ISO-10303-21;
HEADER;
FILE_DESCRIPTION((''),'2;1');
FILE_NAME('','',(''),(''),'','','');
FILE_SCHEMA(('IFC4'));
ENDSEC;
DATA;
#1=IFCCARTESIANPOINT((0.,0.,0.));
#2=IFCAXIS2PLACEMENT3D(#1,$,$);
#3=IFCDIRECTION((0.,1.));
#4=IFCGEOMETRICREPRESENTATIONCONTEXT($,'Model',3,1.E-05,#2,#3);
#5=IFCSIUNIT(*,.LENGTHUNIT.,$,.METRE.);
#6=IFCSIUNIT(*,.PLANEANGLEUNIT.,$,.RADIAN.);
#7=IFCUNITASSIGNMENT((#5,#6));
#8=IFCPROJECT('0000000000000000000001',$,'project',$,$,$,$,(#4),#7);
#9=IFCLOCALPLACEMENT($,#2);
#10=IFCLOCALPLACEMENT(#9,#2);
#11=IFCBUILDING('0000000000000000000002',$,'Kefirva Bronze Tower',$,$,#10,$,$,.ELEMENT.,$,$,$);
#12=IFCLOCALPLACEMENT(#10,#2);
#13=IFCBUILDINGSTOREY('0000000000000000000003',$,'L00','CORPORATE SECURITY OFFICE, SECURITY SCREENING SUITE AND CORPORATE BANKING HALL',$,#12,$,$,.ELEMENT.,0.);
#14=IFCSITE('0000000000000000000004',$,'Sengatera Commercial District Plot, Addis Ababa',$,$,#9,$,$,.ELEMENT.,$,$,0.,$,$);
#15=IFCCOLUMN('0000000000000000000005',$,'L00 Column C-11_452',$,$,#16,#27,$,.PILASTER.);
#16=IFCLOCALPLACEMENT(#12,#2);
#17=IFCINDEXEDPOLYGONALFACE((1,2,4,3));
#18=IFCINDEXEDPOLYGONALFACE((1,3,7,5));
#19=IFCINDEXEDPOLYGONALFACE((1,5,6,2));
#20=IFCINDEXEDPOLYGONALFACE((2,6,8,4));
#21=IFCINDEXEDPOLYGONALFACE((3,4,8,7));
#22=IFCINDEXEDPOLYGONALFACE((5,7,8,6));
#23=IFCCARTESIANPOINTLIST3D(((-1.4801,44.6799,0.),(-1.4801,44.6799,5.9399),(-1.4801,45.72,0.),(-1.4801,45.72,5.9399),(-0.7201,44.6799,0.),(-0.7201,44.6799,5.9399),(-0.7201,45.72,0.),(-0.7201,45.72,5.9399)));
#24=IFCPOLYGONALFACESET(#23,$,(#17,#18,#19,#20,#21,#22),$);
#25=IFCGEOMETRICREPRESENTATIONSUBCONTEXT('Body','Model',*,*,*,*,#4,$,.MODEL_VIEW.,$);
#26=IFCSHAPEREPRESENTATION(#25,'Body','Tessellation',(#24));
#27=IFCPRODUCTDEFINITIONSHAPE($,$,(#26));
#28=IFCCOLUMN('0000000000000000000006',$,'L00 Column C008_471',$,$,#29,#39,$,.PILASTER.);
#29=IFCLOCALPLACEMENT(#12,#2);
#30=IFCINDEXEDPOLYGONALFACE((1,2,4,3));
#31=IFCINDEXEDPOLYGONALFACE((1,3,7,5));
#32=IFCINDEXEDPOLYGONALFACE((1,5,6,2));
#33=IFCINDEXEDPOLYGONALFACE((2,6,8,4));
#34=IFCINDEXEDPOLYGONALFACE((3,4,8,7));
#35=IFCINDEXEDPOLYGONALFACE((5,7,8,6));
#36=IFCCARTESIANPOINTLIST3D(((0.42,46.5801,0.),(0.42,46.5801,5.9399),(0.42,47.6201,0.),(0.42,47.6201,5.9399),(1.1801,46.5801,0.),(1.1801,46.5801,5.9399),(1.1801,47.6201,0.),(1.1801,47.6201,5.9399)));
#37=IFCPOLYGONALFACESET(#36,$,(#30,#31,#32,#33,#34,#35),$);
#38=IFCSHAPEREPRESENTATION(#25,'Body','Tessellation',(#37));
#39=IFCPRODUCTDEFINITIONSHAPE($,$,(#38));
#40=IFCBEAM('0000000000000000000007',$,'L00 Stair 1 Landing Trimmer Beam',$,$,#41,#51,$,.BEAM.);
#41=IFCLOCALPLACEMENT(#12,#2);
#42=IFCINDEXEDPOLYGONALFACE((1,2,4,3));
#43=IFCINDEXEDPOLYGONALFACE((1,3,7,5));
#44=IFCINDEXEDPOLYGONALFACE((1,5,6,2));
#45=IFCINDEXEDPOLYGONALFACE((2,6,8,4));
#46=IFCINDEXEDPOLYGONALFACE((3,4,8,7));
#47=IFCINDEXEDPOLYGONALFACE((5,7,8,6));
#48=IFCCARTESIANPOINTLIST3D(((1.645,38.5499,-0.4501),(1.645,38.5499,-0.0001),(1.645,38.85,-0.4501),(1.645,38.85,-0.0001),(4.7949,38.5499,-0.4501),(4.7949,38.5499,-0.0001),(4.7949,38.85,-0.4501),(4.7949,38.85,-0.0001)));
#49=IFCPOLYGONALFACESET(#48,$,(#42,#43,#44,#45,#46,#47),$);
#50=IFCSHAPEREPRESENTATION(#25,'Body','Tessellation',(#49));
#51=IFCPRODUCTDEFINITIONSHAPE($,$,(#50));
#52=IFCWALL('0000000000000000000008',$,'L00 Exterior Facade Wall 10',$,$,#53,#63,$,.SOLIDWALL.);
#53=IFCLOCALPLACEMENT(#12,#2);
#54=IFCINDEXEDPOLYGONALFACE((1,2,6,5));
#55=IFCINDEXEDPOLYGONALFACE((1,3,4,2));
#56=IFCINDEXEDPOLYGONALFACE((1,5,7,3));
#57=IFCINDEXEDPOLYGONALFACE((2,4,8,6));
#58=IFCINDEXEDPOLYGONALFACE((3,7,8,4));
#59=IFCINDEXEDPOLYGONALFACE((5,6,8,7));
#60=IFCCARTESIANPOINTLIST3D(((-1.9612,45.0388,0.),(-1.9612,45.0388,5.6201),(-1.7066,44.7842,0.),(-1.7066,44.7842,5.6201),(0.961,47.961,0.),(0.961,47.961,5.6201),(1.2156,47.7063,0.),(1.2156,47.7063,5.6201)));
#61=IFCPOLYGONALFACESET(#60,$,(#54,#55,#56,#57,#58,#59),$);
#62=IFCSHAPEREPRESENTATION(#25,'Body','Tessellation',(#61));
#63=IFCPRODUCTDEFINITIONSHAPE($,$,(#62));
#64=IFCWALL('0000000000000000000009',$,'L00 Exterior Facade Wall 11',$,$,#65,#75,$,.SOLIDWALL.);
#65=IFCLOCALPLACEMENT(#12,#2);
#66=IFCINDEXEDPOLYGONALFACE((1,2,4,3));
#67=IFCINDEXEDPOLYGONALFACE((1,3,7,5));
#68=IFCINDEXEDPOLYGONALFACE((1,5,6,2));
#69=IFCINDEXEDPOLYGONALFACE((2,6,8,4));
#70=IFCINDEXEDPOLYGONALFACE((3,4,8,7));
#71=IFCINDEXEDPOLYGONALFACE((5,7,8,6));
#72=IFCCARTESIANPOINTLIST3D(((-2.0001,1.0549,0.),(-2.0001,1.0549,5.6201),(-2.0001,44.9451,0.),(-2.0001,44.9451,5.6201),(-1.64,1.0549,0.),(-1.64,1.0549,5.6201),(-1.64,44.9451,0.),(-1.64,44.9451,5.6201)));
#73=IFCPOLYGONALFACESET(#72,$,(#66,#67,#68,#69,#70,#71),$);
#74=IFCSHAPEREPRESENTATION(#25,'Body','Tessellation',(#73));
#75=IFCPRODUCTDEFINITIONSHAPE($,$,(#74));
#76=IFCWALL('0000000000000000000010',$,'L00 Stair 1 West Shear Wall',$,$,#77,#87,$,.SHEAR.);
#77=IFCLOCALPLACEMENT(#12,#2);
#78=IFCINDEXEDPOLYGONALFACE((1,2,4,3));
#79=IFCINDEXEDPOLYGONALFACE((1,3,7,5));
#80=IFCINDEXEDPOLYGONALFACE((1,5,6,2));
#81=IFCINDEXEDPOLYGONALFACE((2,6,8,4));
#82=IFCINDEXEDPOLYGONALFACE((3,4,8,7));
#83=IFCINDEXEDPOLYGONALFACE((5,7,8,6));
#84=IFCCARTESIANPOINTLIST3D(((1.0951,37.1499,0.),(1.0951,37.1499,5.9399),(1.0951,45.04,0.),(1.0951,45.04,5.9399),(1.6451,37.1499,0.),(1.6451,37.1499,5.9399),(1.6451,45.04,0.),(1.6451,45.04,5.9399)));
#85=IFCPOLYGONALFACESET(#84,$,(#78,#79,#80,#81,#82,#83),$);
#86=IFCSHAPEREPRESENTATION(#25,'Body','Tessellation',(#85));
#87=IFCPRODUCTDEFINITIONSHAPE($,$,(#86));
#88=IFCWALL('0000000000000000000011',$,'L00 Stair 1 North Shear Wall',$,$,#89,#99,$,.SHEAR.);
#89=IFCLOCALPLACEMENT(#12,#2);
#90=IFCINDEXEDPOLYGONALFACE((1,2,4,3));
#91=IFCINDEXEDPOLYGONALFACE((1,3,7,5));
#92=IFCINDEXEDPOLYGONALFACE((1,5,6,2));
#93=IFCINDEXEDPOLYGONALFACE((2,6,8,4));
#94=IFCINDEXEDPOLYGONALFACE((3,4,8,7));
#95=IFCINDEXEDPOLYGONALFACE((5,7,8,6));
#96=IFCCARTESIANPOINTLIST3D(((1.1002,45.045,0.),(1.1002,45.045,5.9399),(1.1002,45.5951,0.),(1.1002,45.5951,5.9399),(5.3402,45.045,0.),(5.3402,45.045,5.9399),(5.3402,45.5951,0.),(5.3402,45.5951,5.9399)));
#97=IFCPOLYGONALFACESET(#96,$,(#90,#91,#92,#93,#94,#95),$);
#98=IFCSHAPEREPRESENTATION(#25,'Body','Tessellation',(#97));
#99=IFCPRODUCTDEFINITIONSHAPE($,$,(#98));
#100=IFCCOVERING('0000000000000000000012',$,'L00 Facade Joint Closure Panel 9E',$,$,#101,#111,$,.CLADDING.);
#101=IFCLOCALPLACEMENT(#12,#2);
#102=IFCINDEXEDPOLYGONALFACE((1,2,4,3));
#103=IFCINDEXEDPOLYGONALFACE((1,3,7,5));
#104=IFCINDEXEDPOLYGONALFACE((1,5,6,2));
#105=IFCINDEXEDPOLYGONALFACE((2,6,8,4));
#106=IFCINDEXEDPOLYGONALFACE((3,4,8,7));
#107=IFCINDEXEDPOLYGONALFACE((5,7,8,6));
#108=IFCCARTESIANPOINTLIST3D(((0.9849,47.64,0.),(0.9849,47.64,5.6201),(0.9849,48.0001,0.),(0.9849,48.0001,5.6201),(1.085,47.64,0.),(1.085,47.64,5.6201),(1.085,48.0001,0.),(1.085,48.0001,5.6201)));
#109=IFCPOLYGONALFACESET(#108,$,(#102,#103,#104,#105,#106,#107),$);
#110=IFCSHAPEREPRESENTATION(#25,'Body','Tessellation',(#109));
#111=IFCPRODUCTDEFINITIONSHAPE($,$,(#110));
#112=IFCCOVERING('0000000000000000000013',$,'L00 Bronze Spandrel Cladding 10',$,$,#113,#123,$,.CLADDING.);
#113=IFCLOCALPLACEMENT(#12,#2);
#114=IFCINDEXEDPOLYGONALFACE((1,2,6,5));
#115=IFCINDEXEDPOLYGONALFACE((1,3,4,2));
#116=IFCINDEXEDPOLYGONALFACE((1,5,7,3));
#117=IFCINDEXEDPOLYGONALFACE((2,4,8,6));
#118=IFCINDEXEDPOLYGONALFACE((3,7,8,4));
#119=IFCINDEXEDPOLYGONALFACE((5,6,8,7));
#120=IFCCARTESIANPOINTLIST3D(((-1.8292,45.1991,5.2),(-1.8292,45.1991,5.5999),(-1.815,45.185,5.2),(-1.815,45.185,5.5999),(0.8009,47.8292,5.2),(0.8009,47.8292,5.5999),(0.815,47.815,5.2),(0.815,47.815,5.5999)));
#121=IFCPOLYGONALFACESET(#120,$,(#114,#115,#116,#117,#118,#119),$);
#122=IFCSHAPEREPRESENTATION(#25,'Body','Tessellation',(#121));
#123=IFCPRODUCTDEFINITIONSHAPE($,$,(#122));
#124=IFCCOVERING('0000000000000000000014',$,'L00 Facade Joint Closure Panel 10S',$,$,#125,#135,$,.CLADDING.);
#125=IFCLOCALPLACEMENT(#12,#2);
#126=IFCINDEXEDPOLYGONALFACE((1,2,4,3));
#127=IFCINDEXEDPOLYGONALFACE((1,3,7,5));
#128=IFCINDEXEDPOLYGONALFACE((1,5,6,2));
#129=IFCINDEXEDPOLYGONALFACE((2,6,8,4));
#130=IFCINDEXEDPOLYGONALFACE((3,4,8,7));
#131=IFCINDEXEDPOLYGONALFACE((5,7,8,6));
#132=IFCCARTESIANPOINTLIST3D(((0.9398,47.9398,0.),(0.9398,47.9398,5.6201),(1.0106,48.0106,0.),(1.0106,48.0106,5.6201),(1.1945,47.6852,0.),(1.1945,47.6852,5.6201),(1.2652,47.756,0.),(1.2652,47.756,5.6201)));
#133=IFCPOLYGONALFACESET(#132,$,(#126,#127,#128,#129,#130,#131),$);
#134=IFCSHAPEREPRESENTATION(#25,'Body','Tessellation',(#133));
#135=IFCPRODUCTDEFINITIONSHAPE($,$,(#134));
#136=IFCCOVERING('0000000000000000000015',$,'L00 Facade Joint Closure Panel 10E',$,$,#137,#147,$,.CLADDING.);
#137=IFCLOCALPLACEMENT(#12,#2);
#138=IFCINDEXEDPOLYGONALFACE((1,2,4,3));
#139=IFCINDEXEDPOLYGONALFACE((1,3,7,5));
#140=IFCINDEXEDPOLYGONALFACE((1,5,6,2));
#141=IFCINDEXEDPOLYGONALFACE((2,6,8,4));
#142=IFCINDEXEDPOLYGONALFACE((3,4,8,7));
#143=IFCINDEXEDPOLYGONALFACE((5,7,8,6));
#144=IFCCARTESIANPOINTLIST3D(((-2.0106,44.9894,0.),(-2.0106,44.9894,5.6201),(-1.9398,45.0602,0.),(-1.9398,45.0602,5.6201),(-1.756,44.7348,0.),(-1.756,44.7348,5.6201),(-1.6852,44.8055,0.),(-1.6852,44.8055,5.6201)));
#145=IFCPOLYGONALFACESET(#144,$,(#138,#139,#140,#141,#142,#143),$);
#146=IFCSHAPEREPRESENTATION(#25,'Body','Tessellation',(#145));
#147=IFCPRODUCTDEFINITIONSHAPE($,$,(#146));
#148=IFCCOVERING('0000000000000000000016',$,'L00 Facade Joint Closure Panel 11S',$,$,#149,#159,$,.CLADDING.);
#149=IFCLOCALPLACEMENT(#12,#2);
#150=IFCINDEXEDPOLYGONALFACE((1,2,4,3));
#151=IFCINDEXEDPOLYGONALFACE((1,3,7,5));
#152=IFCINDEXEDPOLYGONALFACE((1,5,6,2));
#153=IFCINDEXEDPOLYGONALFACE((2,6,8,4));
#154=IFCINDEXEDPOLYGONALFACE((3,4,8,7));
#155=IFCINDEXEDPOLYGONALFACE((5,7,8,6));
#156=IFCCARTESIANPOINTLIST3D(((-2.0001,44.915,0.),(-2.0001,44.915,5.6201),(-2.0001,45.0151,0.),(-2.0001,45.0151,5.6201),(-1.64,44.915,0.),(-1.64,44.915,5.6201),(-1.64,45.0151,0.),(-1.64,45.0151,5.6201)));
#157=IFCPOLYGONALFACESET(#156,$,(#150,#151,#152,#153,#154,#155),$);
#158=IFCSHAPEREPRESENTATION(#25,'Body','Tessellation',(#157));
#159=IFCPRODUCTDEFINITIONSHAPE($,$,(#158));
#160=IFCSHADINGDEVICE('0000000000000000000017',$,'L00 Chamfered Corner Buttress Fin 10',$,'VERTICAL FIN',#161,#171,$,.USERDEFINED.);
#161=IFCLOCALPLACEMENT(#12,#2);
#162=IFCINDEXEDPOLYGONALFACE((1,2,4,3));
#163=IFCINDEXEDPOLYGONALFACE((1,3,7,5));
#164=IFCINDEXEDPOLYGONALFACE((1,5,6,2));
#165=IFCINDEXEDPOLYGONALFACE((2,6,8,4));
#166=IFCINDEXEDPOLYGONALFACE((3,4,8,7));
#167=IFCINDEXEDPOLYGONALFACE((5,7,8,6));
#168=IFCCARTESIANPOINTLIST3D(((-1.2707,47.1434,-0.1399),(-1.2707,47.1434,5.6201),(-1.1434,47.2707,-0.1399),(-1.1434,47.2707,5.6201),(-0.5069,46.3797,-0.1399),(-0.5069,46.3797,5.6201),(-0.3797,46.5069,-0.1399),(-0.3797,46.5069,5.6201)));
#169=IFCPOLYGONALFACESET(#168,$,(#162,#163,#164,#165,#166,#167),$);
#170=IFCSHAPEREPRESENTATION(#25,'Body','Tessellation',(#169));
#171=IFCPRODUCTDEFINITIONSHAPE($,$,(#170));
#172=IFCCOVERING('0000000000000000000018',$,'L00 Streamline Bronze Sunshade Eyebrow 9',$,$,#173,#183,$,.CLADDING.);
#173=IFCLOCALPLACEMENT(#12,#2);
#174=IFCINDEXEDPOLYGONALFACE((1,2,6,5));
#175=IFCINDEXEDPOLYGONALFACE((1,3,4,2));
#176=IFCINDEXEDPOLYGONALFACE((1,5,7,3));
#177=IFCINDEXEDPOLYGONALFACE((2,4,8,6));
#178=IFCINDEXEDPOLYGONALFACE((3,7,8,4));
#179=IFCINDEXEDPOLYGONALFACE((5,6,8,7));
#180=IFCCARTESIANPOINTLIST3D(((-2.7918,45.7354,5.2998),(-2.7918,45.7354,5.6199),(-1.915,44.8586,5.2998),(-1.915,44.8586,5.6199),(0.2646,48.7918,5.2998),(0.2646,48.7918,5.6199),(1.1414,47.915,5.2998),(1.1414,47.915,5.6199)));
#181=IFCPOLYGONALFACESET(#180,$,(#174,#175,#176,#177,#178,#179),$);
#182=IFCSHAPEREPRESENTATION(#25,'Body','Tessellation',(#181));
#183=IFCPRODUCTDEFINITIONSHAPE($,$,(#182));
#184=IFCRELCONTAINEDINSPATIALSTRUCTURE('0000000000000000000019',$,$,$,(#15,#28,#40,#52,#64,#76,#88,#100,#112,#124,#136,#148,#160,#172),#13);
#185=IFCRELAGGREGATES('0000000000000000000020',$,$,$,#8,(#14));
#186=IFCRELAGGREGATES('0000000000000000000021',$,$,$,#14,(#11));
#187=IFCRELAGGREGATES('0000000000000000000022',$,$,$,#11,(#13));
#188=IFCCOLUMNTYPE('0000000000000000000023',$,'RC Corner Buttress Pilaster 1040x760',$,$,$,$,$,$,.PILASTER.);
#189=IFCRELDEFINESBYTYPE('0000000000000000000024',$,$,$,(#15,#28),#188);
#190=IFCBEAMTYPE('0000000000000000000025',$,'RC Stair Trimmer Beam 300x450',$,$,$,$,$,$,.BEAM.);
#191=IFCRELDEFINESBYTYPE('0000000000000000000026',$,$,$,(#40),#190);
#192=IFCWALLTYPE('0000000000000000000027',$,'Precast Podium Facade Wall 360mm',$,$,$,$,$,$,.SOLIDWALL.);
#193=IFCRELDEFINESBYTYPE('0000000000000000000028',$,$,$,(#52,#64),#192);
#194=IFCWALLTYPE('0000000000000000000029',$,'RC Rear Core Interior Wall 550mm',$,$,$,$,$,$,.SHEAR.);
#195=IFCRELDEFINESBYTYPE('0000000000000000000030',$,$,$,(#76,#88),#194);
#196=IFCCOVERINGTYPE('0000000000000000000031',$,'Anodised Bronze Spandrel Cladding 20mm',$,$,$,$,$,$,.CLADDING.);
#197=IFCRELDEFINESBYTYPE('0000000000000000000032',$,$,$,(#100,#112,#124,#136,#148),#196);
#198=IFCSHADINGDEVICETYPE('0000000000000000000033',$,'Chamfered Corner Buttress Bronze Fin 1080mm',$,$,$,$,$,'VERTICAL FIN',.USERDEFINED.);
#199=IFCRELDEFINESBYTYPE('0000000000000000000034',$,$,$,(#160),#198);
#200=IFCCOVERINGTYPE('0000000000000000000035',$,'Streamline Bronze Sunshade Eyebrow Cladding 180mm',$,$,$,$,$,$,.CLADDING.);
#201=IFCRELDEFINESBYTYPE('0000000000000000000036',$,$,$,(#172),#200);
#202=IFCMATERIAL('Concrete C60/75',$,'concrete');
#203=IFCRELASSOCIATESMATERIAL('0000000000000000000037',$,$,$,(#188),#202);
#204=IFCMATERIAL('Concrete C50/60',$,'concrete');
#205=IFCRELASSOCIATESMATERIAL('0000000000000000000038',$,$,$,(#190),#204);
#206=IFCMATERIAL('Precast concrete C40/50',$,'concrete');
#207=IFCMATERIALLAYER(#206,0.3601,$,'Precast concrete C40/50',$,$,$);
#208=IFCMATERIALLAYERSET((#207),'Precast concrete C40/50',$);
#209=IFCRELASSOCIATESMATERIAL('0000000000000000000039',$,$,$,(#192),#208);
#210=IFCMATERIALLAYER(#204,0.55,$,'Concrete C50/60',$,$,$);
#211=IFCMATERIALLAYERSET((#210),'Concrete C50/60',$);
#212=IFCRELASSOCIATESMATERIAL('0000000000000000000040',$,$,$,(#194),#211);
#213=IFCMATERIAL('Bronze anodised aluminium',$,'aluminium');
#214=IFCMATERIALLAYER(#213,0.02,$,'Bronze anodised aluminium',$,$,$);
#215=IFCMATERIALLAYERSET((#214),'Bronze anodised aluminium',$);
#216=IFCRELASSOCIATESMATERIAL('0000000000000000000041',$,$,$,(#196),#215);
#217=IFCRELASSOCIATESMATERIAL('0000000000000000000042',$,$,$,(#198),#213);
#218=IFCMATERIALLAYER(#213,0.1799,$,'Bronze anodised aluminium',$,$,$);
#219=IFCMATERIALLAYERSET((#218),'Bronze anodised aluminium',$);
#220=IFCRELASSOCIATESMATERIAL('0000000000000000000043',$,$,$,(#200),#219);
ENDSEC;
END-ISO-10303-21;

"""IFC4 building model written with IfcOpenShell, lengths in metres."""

from ifc_helpers import new_model, si_unit, direction, frame, frame_2d, origin, origin_2d, place, context, subcontext, project, spatial, rectangle, extrude, material, layer, layer_set, material_profile, profile_set, type_object, element, save


model = new_model("IFC4")

# Units and contexts
model_context = context("Model", 3, precision=1e-05, world=origin(), true_north=direction((0.0, 1.0)))
body_context = subcontext(model_context, "Body", "Model", "MODEL_VIEW")
ifc_project = project(units=[si_unit("LENGTHUNIT", "METRE"), si_unit("PLANEANGLEUNIT", "RADIAN")], contexts=[model_context])

# Site, building, storey
site_placement = place(None, origin())
site = spatial("IfcSite", under=ifc_project, at=site_placement, Name="Sengatera Commercial District Plot, Addis Ababa", CompositionType="ELEMENT", RefElevation=0.0)
building_placement = place(site_placement, origin())
building = spatial("IfcBuilding", under=site, at=building_placement, Name="Kefirva Bronze Tower", CompositionType="ELEMENT")
storey_placement = place(building_placement, origin())
storey = spatial("IfcBuildingStorey", under=building, at=storey_placement, Name="L00", Description="CORPORATE SECURITY OFFICE, SECURITY SCREENING SUITE AND CORPORATE BANKING HALL", CompositionType="ELEMENT", Elevation=0.0)

# Columns
ifc_material_1 = material(Name="Concrete C60/75", Category="concrete")
ifc_material_profile_1 = material_profile(ifc_material_1, rectangle(XDim=0.76, YDim=1.04, at=origin_2d()), Name="RC 760x1040")
ifc_profile_set_1 = profile_set([ifc_material_profile_1], Name="Concrete C60/75")
column_type = type_object("IfcColumnType", Name="RC Corner Buttress Pilaster 1040x760", PredefinedType="PILASTER", material=ifc_profile_set_1)
for number, where, z_axis, x_axis, name in (
    (1, (-1.1001, 45.2, 0.0), (0.0, 0.0, 1.0), (1.0, 0.0, 0.0), "L00 Column C-11_452"),
    (2, (0.8, 47.1001, 0.0), (0.0, 0.0, 1.0), (1.0, 0.0, 0.0), "L00 Column C008_471"),
):
    element("IfcColumn", number, at=place(storey_placement, frame(where, z_axis=z_axis, x_axis=x_axis)), inside=storey, type_object=column_type, Name=name, PredefinedType="PILASTER", context=body_context, shape_type="SweptSolid", body=[
        extrude(rectangle(XDim=0.76, YDim=1.04, at=origin_2d()), origin(), (0.0, 0.0, 1.0), 5.9399),
    ])

# Beam
ifc_material_2 = material(Name="Concrete C50/60", Category="concrete")
ifc_material_profile_2 = material_profile(ifc_material_2, rectangle(XDim=0.3, YDim=0.45, at=origin_2d()), Name="RC 300x450")
ifc_profile_set_2 = profile_set([ifc_material_profile_2], Name="Concrete C50/60")
beam_type = type_object("IfcBeamType", Name="RC Stair Trimmer Beam 300x450", PredefinedType="BEAM", material=ifc_profile_set_2)
beam_placement = place(storey_placement, frame((1.645, 38.7, -0.2251), z_axis=(1.0, 0.0, 0.0), x_axis=(0.0, 1.0, 0.0)))
element("IfcBeam", 3, at=beam_placement, inside=storey, type_object=beam_type, Name="L00 Stair 1 Landing Trimmer Beam", PredefinedType="BEAM", context=body_context, shape_type="SweptSolid", body=[
    extrude(rectangle(XDim=0.3, YDim=0.45, at=origin_2d()), origin(), (0.0, 0.0, 1.0), 3.1499),
])

# Walls
ifc_material_3 = material(Name="Precast concrete C40/50", Category="concrete")
ifc_layer_1 = layer(ifc_material_3, 0.3601, Name="Precast concrete C40/50")
ifc_layer_set_1 = layer_set([ifc_layer_1], Name="Precast concrete C40/50")
wall_type_1 = type_object("IfcWallType", Name="Precast Podium Facade Wall 360mm", PredefinedType="SOLIDWALL", material=ifc_layer_set_1)
wall_1_placement = place(storey_placement, frame((1.0884, 47.8337, 0.0), z_axis=(0.0, 0.0, 1.0), x_axis=(-0.707107, -0.707107, 0.0)))
element("IfcWall", 4, at=wall_1_placement, inside=storey, type_object=wall_type_1, Name="L00 Exterior Facade Wall 10", PredefinedType="SOLIDWALL", context=body_context, shape_type="SweptSolid", body=[
    extrude(rectangle(XDim=4.1326, YDim=0.3601, at=frame_2d((2.0664, 0.0))), origin(), (0.0, 0.0, 1.0), 5.6201),
])
wall_2_placement = place(storey_placement, frame((-1.8201, 44.9451, 0.0), z_axis=(0.0, 0.0, 1.0), x_axis=(0.0, -1.0, 0.0)))
element("IfcWall", 5, at=wall_2_placement, inside=storey, type_object=wall_type_1, Name="L00 Exterior Facade Wall 11", PredefinedType="SOLIDWALL", context=body_context, shape_type="SweptSolid", body=[
    extrude(rectangle(XDim=43.8901, YDim=0.3601, at=frame_2d((21.9451, 0.0))), origin(), (0.0, 0.0, 1.0), 5.6201),
])
ifc_layer_2 = layer(ifc_material_2, 0.55, Name="Concrete C50/60")
ifc_layer_set_2 = layer_set([ifc_layer_2], Name="Concrete C50/60")
wall_type_2 = type_object("IfcWallType", Name="RC Rear Core Interior Wall 550mm", PredefinedType="SHEAR", material=ifc_layer_set_2)
wall_3_placement = place(storey_placement, frame((1.3701, 37.1499, 0.0), z_axis=(0.0, 0.0, 1.0), x_axis=(0.0, 1.0, 0.0)))
element("IfcWall", 6, at=wall_3_placement, inside=storey, type_object=wall_type_2, Name="L00 Stair 1 West Shear Wall", PredefinedType="SHEAR", context=body_context, shape_type="SweptSolid", body=[
    extrude(rectangle(XDim=7.8901, YDim=0.55, at=frame_2d((3.9451, 0.0))), origin(), (0.0, 0.0, 1.0), 5.9399),
])
wall_4_placement = place(storey_placement, frame((1.1001, 45.3201, 0.0), z_axis=(0.0, 0.0, 1.0), x_axis=(1.0, 0.0, 0.0)))
element("IfcWall", 7, at=wall_4_placement, inside=storey, type_object=wall_type_2, Name="L00 Stair 1 North Shear Wall", PredefinedType="SHEAR", context=body_context, shape_type="SweptSolid", body=[
    extrude(rectangle(XDim=4.24, YDim=0.55, at=frame_2d((2.1201, 0.0))), origin(), (0.0, 0.0, 1.0), 5.9399),
])

# Coverings
ifc_material_4 = material(Name="Bronze anodised aluminium", Category="aluminium")
ifc_layer_3 = layer(ifc_material_4, 0.02, Name="Bronze anodised aluminium")
ifc_layer_set_3 = layer_set([ifc_layer_3], Name="Bronze anodised aluminium")
covering_type_1 = type_object("IfcCoveringType", Name="Anodised Bronze Spandrel Cladding 20mm", PredefinedType="CLADDING", material=ifc_layer_set_3)
covering_1_placement = place(storey_placement, frame((1.0349, 47.8201, 0.0), z_axis=(0.0, 0.0, 1.0), x_axis=(-1.0, 0.0, 0.0)))
element("IfcCovering", 8, at=covering_1_placement, inside=storey, type_object=covering_type_1, Name="L00 Facade Joint Closure Panel 9E", PredefinedType="CLADDING", context=body_context, shape_type="SweptSolid", body=[
    extrude(rectangle(XDim=0.1001, YDim=0.3601, at=origin_2d()), origin(), (0.0, 0.0, 1.0), 5.6201),
])
covering_2_placement = place(storey_placement, frame((-0.5071, 46.5071, 5.2), z_axis=(0.0, 0.0, 1.0), x_axis=(-0.707107, -0.707107, 0.0)))
element("IfcCovering", 9, at=covering_2_placement, inside=storey, type_object=covering_type_1, Name="L00 Bronze Spandrel Cladding 10", PredefinedType="CLADDING", context=body_context, shape_type="SweptSolid", body=[
    extrude(rectangle(XDim=3.7195, YDim=0.02, at=origin_2d()), origin(), (0.0, 0.0, 1.0), 0.3999),
])
for number, where, z_axis, x_axis, name in (
    (10, (1.1025, 47.8479, 0.0), (0.0, 0.0, 1.0), (-0.707107, -0.707107, 0.0), "L00 Facade Joint Closure Panel 10S"),
    (11, (-1.8479, 44.8975, 0.0), (0.0, 0.0, 1.0), (-0.707107, -0.707107, 0.0), "L00 Facade Joint Closure Panel 10E"),
    (12, (-1.8201, 44.9651, 0.0), (0.0, 0.0, 1.0), (0.0, -1.0, 0.0), "L00 Facade Joint Closure Panel 11S"),
):
    element("IfcCovering", number, at=place(storey_placement, frame(where, z_axis=z_axis, x_axis=x_axis)), inside=storey, type_object=covering_type_1, Name=name, PredefinedType="CLADDING", context=body_context, shape_type="SweptSolid", body=[
        extrude(rectangle(XDim=0.1001, YDim=0.3601, at=origin_2d()), origin(), (0.0, 0.0, 1.0), 5.6201),
    ])

# Shading device
ifc_material_profile_3 = material_profile(ifc_material_4, rectangle(XDim=0.1799, YDim=1.0801, at=origin_2d()), Name="BRONZE BUTTRESS FIN 180x1080")
ifc_profile_set_3 = profile_set([ifc_material_profile_3], Name="Bronze anodised aluminium")
shading_device_type = type_object("IfcShadingDeviceType", Name="Chamfered Corner Buttress Bronze Fin 1080mm", ElementType="VERTICAL FIN", PredefinedType="USERDEFINED", material=ifc_profile_set_3)
shading_device_placement = place(storey_placement, frame((-0.8252, 46.8252, -0.1399), z_axis=(0.0, 0.0, 1.0), x_axis=(-0.707107, -0.707107, 0.0)))
element("IfcShadingDevice", 13, at=shading_device_placement, inside=storey, type_object=shading_device_type, Name="L00 Chamfered Corner Buttress Fin 10", ObjectType="VERTICAL FIN", PredefinedType="USERDEFINED", context=body_context, shape_type="SweptSolid", body=[
    extrude(rectangle(XDim=0.1799, YDim=1.0801, at=origin_2d()), origin(), (0.0, 0.0, 1.0), 5.76),
])

# Covering
ifc_layer_4 = layer(ifc_material_4, 0.1799, Name="Bronze anodised aluminium")
ifc_layer_set_4 = layer_set([ifc_layer_4], Name="Bronze anodised aluminium")
covering_type_2 = type_object("IfcCoveringType", Name="Streamline Bronze Sunshade Eyebrow Cladding 180mm", PredefinedType="CLADDING", material=ifc_layer_set_4)
covering_3_placement = place(storey_placement, frame((-0.8252, 46.8252, 5.2998), z_axis=(0.0, 0.0, 1.0), x_axis=(-0.707107, -0.707107, 0.0)))
element("IfcCovering", 14, at=covering_3_placement, inside=storey, type_object=covering_type_2, Name="L00 Streamline Bronze Sunshade Eyebrow 9", PredefinedType="CLADDING", context=body_context, shape_type="SweptSolid", body=[
    extrude(rectangle(XDim=4.3225, YDim=1.24, at=origin_2d()), origin(), (0.0, 0.0, 1.0), 0.3201),
])

save(model, "model.ifc")
